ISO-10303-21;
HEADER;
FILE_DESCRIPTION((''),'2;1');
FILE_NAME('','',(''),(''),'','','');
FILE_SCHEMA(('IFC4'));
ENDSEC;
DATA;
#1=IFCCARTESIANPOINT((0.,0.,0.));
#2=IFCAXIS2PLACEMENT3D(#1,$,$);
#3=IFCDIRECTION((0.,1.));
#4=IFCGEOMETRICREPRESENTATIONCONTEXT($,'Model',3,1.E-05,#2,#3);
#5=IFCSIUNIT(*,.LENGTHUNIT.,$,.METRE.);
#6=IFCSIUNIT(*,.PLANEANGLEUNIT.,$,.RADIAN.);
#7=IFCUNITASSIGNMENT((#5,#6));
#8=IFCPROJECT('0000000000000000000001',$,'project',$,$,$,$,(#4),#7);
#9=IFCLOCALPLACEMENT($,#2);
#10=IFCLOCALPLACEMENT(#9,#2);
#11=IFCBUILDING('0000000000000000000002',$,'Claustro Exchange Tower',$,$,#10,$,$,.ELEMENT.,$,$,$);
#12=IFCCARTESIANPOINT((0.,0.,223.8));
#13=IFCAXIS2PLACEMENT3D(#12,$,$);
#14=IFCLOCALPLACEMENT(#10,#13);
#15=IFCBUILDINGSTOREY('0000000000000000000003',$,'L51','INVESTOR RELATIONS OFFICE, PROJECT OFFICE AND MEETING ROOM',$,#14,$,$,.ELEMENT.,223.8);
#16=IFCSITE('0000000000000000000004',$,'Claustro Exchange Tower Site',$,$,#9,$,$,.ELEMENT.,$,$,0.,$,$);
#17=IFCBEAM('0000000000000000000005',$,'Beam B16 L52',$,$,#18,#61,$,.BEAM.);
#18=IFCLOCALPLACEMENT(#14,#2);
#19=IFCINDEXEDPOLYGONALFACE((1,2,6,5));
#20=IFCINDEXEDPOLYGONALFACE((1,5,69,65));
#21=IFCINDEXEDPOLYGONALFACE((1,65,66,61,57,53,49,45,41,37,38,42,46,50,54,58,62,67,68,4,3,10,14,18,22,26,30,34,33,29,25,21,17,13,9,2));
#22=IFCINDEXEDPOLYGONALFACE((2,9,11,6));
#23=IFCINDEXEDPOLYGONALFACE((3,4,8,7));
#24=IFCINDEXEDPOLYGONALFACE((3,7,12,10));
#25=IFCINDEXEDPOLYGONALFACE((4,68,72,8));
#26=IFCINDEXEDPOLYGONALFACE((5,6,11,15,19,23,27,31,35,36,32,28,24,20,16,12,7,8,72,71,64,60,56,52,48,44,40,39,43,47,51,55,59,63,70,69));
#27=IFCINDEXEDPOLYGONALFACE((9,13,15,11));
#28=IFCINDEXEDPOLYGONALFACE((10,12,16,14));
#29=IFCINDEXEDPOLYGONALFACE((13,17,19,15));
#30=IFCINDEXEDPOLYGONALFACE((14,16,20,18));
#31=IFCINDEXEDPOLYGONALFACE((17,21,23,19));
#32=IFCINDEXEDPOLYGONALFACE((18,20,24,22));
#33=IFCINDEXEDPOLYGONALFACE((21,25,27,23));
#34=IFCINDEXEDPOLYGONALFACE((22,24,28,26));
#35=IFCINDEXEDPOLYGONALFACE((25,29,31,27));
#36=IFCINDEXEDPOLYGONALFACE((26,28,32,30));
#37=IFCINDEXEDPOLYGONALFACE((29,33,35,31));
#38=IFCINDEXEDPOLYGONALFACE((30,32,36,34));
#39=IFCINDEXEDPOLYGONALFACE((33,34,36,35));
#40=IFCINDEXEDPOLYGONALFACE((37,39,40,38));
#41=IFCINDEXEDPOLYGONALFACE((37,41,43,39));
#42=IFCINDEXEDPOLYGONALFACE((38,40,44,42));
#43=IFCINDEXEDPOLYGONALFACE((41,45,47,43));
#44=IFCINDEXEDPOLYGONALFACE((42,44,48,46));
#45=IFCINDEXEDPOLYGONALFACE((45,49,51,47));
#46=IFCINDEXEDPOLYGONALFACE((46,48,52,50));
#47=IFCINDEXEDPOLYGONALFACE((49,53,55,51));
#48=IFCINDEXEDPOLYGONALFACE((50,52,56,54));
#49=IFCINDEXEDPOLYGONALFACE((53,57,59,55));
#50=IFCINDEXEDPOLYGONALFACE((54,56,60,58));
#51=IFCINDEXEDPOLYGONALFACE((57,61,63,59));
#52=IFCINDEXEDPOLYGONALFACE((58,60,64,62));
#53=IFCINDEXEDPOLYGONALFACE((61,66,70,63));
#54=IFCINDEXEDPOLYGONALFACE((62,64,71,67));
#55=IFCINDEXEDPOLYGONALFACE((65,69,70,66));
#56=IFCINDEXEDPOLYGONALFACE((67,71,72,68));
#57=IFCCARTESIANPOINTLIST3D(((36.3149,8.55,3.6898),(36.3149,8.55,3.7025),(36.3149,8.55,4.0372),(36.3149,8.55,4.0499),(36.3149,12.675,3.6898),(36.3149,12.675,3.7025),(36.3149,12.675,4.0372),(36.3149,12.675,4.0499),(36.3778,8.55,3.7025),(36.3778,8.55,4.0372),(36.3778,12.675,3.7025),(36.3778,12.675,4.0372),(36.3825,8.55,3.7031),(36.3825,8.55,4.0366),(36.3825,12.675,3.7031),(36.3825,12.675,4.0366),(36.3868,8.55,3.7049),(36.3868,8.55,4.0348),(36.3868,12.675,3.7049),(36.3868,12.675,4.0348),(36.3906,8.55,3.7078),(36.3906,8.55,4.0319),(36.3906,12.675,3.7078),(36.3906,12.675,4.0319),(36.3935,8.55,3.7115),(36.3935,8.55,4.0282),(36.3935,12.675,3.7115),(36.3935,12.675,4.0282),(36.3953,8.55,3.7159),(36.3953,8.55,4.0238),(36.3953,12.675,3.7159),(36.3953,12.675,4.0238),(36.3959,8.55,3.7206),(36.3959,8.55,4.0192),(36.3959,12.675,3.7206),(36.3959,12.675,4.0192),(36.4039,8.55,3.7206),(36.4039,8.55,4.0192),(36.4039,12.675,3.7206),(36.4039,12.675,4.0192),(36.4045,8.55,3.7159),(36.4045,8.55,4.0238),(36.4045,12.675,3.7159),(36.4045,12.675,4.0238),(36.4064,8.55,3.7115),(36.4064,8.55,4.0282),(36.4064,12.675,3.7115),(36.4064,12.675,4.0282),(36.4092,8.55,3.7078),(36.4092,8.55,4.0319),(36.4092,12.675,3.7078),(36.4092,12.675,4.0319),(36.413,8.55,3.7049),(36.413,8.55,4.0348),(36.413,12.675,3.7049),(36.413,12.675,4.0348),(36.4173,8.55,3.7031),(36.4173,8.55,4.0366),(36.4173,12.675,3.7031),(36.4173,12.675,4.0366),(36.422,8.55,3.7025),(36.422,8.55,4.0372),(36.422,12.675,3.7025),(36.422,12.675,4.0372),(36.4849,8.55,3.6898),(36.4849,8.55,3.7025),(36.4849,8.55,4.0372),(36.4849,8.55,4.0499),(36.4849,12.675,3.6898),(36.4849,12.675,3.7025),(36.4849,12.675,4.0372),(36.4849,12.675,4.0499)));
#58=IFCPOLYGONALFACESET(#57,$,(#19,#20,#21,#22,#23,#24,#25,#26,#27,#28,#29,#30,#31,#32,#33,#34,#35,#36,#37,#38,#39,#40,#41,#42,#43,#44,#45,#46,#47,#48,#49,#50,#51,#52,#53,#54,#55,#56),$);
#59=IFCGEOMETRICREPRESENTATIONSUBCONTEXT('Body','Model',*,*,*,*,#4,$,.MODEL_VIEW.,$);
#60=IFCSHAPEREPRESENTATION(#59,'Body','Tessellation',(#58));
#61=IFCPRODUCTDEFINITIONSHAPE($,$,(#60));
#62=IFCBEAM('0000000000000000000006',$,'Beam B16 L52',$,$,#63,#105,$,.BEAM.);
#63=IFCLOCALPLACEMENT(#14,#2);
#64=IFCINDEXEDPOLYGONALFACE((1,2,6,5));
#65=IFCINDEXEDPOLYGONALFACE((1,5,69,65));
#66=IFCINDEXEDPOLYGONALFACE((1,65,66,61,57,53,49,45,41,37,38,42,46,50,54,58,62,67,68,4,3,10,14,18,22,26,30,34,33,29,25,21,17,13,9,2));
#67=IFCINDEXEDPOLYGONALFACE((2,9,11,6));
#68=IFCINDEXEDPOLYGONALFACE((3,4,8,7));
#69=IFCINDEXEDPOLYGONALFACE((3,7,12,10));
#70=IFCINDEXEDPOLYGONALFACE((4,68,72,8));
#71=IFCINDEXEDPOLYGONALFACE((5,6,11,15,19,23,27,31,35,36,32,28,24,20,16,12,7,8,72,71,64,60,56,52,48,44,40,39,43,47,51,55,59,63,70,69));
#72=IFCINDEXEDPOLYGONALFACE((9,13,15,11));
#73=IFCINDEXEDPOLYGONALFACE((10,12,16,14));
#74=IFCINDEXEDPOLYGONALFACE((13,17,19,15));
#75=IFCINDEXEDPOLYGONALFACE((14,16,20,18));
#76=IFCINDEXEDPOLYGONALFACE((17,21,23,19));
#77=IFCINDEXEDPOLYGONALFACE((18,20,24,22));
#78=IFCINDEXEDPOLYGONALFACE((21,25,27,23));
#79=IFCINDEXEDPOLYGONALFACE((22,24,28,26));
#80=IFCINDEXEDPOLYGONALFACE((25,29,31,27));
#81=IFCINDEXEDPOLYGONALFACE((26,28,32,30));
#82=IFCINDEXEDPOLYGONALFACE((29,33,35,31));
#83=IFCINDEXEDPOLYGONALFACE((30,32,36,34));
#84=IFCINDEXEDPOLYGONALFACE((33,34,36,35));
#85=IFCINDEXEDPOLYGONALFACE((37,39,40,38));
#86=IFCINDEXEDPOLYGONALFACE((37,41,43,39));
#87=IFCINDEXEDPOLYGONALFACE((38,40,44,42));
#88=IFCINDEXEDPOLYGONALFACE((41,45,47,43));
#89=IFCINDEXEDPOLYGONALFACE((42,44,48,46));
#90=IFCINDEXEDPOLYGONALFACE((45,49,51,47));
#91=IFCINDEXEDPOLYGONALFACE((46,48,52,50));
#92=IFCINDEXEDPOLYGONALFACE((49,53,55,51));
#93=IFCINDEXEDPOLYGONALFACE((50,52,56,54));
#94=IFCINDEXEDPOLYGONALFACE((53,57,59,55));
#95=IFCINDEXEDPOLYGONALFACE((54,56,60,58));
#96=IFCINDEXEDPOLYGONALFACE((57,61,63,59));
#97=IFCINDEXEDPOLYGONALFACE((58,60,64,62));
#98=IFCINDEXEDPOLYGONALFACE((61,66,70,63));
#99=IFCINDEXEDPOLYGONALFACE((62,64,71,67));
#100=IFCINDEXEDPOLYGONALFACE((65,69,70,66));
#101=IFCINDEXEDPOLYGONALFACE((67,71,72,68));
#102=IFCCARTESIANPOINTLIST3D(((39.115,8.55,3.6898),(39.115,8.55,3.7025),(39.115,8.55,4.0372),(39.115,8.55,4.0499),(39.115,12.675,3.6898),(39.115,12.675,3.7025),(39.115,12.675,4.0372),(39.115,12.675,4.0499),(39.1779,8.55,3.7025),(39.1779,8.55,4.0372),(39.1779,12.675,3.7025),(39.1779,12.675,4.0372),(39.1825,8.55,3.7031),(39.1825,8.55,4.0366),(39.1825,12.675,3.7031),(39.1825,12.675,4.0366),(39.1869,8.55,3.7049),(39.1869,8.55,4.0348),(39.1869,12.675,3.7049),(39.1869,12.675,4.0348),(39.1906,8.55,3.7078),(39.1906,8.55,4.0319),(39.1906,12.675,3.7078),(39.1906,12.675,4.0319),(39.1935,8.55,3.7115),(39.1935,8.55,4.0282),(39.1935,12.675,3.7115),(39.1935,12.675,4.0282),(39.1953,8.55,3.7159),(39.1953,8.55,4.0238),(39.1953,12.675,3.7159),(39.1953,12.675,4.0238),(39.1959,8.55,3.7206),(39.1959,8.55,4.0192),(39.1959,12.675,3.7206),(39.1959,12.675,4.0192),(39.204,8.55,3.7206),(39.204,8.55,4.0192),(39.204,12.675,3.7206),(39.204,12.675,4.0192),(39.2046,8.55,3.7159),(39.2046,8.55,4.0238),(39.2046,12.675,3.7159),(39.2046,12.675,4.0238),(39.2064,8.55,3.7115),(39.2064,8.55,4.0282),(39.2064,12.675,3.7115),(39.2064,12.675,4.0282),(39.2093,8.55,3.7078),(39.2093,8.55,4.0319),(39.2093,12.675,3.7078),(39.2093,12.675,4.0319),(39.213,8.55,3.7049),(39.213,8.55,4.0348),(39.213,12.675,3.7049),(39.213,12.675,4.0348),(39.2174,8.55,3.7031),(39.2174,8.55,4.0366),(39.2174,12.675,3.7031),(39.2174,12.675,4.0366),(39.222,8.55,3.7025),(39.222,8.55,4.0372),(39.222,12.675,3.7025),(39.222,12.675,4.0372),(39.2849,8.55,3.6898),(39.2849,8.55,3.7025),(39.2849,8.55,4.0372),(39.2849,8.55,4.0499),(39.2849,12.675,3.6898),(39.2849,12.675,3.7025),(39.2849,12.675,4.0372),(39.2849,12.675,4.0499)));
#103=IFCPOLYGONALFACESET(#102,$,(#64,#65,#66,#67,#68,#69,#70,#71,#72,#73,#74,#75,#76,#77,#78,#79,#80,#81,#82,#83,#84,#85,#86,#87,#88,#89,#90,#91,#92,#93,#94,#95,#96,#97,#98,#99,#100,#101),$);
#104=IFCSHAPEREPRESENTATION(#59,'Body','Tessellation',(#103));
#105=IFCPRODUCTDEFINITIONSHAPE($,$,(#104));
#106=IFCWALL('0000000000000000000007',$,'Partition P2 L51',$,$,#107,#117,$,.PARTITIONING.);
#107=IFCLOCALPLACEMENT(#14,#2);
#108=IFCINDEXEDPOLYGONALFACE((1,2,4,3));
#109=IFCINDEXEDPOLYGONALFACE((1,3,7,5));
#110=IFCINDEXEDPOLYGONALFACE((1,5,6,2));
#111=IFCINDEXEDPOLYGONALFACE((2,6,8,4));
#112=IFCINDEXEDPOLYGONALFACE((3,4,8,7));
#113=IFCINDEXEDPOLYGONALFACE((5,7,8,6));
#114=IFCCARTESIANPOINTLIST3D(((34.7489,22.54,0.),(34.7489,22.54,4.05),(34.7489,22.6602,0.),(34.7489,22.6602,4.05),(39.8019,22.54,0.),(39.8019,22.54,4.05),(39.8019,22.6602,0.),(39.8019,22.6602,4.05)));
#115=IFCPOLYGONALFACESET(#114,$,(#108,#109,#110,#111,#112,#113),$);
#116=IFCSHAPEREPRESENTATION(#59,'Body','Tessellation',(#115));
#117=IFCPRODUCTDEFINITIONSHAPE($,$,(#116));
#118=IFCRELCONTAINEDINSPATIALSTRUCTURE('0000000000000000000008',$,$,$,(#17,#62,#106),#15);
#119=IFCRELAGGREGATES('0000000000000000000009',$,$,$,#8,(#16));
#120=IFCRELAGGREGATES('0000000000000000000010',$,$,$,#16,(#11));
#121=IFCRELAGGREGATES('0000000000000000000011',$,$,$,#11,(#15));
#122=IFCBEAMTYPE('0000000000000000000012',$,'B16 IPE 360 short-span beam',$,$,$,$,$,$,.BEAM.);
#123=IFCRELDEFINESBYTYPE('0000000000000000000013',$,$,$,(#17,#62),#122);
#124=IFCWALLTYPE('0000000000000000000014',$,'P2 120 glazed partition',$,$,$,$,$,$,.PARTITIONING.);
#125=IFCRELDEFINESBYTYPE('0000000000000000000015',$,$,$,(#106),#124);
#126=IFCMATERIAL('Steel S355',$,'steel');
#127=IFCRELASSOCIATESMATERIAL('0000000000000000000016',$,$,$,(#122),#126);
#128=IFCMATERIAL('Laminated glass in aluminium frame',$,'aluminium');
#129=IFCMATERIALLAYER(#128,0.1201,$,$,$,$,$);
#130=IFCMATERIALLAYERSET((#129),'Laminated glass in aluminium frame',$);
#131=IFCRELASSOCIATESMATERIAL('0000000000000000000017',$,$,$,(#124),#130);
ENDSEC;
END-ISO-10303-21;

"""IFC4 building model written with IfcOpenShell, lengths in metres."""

from ifc_helpers import new_model, si_unit, direction, frame, frame_2d, origin, origin_2d, place, context, subcontext, project, spatial, rectangle, i_section, extrude, material, layer, layer_set, material_profile, profile_set, type_object, element, save


model = new_model("IFC4")

# Units and contexts
model_context = context("Model", 3, precision=1e-05, world=origin(), true_north=direction((0.0, 1.0)))
body_context = subcontext(model_context, "Body", "Model", "MODEL_VIEW")
ifc_project = project(units=[si_unit("LENGTHUNIT", "METRE"), si_unit("PLANEANGLEUNIT", "RADIAN")], contexts=[model_context])

# Site, building, storey
site_placement = place(None, origin())
site = spatial("IfcSite", under=ifc_project, at=site_placement, Name="Claustro Exchange Tower Site", CompositionType="ELEMENT", RefElevation=0.0)
building_placement = place(site_placement, origin())
building = spatial("IfcBuilding", under=site, at=building_placement, Name="Claustro Exchange Tower", CompositionType="ELEMENT")
storey_placement = place(building_placement, frame((0.0, 0.0, 223.8)))
storey = spatial("IfcBuildingStorey", under=building, at=storey_placement, Name="L51", Description="INVESTOR RELATIONS OFFICE, PROJECT OFFICE AND MEETING ROOM", CompositionType="ELEMENT", Elevation=223.8)

# Beams
ifc_material_1 = material(Name="Steel S355", Category="steel")
ifc_material_profile = material_profile(ifc_material_1, i_section(OverallWidth=0.1699, OverallDepth=0.3601, WebThickness=0.0081, FlangeThickness=0.0127, FilletRadius=0.0181, at=origin_2d()), Name="IPE 360")
ifc_profile_set = profile_set([ifc_material_profile], Name="Steel S355")
beam_type = type_object("IfcBeamType", Name="B16 IPE 360 short-span beam", PredefinedType="BEAM", material=ifc_profile_set)
for number, where, z_axis, x_axis, name in (
    (1, (36.3999, 8.55, 3.8699), (0.0, 1.0, 0.0), (-1.0, 0.0, 0.0), "Beam B16 L52"),
    (2, (39.2, 8.55, 3.8699), (0.0, 1.0, 0.0), (-1.0, 0.0, 0.0), "Beam B16 L52"),
):
    element("IfcBeam", number, at=place(storey_placement, frame(where, z_axis=z_axis, x_axis=x_axis)), inside=storey, type_object=beam_type, Name=name, PredefinedType="BEAM", context=body_context, shape_type="SweptSolid", body=[
        extrude(i_section(OverallWidth=0.1699, OverallDepth=0.3601, WebThickness=0.0081, FlangeThickness=0.0127, FilletRadius=0.0181, at=origin_2d()), origin(), (0.0, 0.0, 1.0), 4.125),
    ])

# Wall
ifc_material_2 = material(Name="Laminated glass in aluminium frame", Category="aluminium")
ifc_layer_1 = layer(ifc_material_2, 0.1201)
ifc_layer_set_1 = layer_set([ifc_layer_1], Name="Laminated glass in aluminium frame")
wall_type_1 = type_object("IfcWallType", Name="P2 120 glazed partition", PredefinedType="PARTITIONING", material=ifc_layer_set_1)
wall_1_placement = place(storey_placement, frame((34.749, 22.6001, 0.0), z_axis=(0.0, 0.0, 1.0), x_axis=(1.0, 0.0, 0.0)))
element("IfcWall", 3, at=wall_1_placement, inside=storey, type_object=wall_type_1, Name="Partition P2 L51", PredefinedType="PARTITIONING", context=body_context, shape_type="SweptSolid", body=[
    extrude(rectangle(XDim=5.053, YDim=0.1201, at=frame_2d((2.5264, 0.0))), origin(), (0.0, 0.0, 1.0), 4.05),
])

save(model, "model.ifc")
